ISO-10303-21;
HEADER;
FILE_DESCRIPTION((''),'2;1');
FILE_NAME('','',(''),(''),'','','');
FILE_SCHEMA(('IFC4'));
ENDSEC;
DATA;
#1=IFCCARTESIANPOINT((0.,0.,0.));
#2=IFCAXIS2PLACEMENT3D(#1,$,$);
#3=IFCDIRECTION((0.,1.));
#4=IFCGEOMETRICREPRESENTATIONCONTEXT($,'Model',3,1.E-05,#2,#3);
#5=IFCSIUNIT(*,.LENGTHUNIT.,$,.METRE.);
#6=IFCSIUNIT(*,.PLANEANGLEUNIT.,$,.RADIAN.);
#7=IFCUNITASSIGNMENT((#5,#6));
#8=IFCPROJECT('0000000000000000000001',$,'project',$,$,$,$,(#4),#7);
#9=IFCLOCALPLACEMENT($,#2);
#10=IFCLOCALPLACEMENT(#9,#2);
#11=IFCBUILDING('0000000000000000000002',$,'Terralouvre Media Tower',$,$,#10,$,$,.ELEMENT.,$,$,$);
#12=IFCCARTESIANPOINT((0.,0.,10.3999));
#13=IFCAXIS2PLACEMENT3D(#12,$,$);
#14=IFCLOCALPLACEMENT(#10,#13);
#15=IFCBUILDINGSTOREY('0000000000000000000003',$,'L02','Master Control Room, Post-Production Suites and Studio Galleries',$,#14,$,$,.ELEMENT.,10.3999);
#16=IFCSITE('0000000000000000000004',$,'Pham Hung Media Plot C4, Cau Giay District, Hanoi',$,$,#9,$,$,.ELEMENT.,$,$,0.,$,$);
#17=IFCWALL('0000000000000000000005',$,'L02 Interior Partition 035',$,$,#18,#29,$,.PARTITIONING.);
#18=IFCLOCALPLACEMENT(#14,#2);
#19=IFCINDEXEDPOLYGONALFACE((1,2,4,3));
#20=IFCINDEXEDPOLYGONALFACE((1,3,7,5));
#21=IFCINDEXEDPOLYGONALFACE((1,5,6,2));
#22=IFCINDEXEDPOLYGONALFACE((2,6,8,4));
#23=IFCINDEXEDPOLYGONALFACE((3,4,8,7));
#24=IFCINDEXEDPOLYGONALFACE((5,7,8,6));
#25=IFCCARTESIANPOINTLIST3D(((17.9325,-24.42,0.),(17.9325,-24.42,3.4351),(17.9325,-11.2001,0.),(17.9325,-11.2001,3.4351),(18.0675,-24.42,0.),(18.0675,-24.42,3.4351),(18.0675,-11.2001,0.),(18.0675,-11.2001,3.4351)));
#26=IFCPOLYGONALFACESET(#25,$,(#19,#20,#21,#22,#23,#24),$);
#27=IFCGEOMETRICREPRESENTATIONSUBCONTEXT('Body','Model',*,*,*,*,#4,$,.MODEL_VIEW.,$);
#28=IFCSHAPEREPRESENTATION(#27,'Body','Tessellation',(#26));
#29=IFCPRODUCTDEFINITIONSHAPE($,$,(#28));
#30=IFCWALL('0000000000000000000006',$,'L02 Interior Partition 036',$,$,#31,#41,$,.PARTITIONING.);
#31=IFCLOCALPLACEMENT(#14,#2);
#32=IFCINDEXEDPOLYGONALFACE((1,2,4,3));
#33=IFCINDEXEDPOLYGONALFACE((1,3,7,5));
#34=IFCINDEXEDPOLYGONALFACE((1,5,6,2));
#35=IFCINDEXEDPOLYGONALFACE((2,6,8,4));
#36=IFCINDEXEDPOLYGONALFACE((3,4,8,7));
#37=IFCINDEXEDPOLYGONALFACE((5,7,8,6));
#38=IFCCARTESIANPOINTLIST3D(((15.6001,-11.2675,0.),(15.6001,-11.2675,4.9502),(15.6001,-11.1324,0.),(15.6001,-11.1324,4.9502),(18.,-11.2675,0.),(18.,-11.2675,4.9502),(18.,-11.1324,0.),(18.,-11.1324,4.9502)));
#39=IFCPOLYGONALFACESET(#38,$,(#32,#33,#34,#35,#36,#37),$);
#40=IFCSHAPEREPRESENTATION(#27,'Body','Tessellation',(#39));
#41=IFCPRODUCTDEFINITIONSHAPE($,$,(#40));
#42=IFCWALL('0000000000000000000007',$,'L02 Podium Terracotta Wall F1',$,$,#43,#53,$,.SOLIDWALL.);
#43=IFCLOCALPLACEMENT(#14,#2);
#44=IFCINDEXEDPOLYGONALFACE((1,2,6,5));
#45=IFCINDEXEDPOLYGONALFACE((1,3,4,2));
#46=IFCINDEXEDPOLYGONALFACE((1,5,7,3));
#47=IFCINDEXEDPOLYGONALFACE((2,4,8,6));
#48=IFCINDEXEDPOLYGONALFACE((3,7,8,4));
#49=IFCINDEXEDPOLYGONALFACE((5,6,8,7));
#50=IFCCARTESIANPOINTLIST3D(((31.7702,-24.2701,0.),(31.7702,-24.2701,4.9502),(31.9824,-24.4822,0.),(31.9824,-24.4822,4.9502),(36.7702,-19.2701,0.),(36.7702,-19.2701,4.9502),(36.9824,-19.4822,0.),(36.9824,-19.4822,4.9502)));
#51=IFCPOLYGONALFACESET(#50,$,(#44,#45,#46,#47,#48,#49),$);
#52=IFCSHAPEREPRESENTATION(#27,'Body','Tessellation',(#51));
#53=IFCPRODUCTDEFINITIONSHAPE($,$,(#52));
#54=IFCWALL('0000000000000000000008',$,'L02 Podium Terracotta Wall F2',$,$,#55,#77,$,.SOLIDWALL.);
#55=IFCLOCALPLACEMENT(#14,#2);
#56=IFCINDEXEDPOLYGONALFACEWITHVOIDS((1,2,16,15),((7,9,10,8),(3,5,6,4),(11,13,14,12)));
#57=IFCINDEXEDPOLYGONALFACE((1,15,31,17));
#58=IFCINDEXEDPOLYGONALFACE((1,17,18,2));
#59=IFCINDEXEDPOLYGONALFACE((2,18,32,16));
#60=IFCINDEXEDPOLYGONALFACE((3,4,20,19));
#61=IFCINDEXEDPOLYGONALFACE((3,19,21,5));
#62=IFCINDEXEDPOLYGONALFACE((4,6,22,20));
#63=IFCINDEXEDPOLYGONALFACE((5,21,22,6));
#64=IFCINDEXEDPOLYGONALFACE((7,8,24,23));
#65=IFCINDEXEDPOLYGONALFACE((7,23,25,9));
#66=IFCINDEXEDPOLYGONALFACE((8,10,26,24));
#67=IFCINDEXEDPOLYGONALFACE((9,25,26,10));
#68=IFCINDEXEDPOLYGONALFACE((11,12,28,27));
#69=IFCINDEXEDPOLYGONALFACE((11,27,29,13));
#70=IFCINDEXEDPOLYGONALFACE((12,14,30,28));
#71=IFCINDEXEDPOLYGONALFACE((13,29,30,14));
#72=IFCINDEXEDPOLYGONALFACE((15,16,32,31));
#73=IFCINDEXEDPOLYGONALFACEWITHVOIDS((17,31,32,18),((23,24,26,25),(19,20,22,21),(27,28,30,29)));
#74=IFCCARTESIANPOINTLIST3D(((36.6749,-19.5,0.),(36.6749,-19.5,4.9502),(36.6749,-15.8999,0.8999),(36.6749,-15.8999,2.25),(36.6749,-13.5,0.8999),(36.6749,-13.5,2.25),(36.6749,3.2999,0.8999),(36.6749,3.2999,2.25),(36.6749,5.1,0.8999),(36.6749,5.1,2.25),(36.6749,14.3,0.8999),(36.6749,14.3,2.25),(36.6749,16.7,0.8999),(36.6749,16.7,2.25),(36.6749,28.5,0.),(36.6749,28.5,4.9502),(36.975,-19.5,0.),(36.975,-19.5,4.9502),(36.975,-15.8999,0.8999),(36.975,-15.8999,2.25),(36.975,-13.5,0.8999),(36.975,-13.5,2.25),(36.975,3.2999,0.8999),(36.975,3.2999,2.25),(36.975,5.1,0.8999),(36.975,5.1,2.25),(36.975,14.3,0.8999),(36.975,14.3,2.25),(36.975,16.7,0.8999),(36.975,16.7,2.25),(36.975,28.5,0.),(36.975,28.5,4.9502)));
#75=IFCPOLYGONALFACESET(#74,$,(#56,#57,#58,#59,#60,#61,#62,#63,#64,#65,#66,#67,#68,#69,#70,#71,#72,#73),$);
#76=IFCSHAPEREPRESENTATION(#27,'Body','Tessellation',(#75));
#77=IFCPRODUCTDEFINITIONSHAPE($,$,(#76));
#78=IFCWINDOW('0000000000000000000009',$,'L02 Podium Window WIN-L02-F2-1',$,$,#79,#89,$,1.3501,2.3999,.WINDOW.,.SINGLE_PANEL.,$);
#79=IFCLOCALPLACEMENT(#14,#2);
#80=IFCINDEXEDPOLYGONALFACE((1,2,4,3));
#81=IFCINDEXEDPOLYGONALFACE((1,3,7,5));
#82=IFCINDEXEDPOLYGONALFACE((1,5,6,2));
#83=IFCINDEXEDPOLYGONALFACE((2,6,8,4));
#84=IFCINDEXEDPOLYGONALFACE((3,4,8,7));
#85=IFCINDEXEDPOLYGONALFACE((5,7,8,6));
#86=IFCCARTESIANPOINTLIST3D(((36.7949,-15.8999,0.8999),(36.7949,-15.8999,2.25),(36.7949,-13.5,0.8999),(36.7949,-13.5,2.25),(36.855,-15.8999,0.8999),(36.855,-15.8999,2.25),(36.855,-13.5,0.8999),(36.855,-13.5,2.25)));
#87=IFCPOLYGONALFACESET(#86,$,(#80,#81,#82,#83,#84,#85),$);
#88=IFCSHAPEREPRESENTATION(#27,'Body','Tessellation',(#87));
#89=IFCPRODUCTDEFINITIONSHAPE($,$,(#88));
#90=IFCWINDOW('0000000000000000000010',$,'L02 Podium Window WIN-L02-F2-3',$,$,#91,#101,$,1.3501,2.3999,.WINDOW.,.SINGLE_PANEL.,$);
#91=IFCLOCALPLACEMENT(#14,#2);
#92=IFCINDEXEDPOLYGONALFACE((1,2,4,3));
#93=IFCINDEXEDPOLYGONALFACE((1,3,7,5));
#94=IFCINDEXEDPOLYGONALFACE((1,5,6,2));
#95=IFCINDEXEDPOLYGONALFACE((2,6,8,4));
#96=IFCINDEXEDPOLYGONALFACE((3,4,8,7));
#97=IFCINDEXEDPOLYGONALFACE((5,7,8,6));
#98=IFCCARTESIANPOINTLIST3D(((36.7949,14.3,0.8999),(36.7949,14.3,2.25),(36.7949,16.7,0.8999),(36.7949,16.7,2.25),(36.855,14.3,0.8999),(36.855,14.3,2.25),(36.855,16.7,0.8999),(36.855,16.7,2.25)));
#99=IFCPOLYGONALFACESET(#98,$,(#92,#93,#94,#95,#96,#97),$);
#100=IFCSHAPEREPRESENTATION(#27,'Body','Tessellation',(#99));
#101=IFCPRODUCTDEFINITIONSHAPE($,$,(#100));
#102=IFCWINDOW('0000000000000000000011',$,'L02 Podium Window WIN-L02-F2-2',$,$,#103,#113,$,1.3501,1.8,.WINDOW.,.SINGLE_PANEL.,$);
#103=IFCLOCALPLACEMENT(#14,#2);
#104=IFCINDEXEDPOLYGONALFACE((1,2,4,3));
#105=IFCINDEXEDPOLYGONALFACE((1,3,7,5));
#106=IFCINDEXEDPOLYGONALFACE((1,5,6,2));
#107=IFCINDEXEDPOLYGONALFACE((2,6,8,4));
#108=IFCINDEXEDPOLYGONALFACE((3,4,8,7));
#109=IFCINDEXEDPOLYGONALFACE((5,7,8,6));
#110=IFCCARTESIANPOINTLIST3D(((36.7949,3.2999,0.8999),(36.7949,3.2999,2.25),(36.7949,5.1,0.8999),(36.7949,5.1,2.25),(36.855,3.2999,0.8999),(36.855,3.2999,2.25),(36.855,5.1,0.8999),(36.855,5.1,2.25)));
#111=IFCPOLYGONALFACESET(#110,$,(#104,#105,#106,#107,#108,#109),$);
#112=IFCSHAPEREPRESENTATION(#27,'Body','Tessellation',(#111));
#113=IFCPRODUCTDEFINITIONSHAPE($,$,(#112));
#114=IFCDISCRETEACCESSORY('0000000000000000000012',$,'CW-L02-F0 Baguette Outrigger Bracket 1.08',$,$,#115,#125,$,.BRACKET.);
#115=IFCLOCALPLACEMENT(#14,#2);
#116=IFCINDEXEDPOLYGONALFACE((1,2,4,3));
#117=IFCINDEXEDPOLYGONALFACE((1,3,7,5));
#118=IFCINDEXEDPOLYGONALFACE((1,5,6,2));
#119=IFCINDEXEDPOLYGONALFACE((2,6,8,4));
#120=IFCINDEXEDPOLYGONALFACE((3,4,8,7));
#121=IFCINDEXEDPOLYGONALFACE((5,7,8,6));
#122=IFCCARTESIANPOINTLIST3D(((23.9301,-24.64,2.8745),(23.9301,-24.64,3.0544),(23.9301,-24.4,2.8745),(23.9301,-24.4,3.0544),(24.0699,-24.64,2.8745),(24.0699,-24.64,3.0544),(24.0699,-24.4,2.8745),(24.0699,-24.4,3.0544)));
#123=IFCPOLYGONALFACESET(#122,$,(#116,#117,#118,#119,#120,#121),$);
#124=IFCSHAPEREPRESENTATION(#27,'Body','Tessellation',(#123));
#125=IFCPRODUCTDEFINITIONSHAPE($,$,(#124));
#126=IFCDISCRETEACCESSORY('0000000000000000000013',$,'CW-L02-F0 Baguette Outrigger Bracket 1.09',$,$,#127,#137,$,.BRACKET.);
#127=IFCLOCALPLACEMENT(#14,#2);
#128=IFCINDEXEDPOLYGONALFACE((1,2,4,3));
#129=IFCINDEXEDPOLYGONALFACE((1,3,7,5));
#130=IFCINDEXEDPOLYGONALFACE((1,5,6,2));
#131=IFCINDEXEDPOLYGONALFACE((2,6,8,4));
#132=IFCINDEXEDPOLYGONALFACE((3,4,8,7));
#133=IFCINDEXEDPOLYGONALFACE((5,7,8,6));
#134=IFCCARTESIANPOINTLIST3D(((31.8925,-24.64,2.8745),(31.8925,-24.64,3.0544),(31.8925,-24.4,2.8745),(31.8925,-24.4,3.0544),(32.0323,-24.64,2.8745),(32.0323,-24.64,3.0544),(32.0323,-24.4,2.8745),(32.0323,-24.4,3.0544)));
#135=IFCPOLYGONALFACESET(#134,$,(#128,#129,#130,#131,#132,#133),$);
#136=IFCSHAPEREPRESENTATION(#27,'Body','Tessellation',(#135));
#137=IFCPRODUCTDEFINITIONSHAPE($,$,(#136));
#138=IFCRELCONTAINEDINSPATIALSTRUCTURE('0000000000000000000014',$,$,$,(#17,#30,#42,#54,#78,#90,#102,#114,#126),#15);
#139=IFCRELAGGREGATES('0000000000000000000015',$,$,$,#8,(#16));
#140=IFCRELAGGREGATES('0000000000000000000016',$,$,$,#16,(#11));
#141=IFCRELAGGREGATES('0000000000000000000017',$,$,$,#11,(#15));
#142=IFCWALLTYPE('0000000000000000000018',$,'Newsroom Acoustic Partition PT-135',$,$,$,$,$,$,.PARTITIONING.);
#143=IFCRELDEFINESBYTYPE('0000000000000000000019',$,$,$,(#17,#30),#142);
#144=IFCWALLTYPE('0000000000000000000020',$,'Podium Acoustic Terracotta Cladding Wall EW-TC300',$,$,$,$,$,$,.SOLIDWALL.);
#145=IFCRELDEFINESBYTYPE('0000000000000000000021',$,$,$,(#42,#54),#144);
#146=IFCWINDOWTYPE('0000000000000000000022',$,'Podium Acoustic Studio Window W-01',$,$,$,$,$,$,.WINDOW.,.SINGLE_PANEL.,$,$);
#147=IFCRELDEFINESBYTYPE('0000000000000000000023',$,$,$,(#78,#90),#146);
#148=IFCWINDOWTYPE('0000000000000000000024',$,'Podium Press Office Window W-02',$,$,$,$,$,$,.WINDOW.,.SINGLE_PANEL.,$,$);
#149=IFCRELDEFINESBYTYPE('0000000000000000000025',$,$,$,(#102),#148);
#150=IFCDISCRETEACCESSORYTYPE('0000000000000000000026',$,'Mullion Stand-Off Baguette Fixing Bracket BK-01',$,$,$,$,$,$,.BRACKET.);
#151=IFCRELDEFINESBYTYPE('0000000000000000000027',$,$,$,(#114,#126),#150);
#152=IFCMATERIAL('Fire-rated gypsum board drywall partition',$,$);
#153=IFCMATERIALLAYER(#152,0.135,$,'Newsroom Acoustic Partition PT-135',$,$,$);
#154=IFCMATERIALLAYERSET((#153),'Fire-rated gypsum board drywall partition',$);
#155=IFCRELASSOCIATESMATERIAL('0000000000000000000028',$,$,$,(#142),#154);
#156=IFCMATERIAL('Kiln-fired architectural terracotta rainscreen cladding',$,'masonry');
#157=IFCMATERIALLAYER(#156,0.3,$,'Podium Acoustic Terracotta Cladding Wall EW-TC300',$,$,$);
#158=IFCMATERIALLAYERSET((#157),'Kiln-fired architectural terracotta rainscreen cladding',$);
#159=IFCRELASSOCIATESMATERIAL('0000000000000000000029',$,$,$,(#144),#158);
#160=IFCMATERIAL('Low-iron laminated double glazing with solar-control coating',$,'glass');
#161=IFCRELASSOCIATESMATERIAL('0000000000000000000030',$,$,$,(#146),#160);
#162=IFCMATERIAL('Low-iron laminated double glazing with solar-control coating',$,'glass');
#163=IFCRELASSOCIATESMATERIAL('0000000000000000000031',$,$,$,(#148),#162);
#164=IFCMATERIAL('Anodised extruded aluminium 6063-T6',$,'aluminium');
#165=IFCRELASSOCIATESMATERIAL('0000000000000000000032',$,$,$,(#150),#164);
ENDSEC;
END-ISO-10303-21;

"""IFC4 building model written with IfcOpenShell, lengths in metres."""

from ifc_helpers import new_model, si_unit, direction, frame, frame_2d, origin, origin_2d, place, context, subcontext, project, spatial, rectangle, extrude, material, layer, layer_set, type_object, element, fill, save


model = new_model("IFC4")

# Units and contexts
model_context = context("Model", 3, precision=1e-05, world=origin(), true_north=direction((0.0, 1.0)))
body_context = subcontext(model_context, "Body", "Model", "MODEL_VIEW")
ifc_project = project(units=[si_unit("LENGTHUNIT", "METRE"), si_unit("PLANEANGLEUNIT", "RADIAN")], contexts=[model_context])

# Site, building, storey
site_placement = place(None, origin())
site = spatial("IfcSite", under=ifc_project, at=site_placement, Name="Pham Hung Media Plot C4, Cau Giay District, Hanoi", CompositionType="ELEMENT", RefElevation=0.0)
building_placement = place(site_placement, origin())
building = spatial("IfcBuilding", under=site, at=building_placement, Name="Terralouvre Media Tower", CompositionType="ELEMENT")
storey_placement = place(building_placement, frame((0.0, 0.0, 10.3999)))
storey = spatial("IfcBuildingStorey", under=building, at=storey_placement, Name="L02", Description="Master Control Room, Post-Production Suites and Studio Galleries", CompositionType="ELEMENT", Elevation=10.3999)

# Walls
ifc_material_1 = material(Name="Fire-rated gypsum board drywall partition")
ifc_layer_1 = layer(ifc_material_1, 0.135, Name="Newsroom Acoustic Partition PT-135")
ifc_layer_set_1 = layer_set([ifc_layer_1], Name="Fire-rated gypsum board drywall partition")
wall_type_1 = type_object("IfcWallType", Name="Newsroom Acoustic Partition PT-135", PredefinedType="PARTITIONING", material=ifc_layer_set_1)
wall_1_placement = place(storey_placement, frame((18.0, -24.4199, 0.0), z_axis=(0.0, 0.0, 1.0), x_axis=(0.0, 1.0, 0.0)))
element("IfcWall", 1, at=wall_1_placement, inside=storey, type_object=wall_type_1, Name="L02 Interior Partition 035", PredefinedType="PARTITIONING", context=body_context, shape_type="SweptSolid", body=[
    extrude(rectangle(XDim=13.22, YDim=0.135, at=frame_2d((6.6099, 0.0))), origin(), (0.0, 0.0, 1.0), 3.4351),
])
wall_2_placement = place(storey_placement, frame((18.0, -11.2, 0.0), z_axis=(0.0, 0.0, 1.0), x_axis=(-1.0, 0.0, 0.0)))
element("IfcWall", 2, at=wall_2_placement, inside=storey, type_object=wall_type_1, Name="L02 Interior Partition 036", PredefinedType="PARTITIONING", context=body_context, shape_type="SweptSolid", body=[
    extrude(rectangle(XDim=2.3999, YDim=0.135, at=frame_2d((1.2, 0.0))), origin(), (0.0, 0.0, 1.0), 4.9502),
])
ifc_material_2 = material(Name="Kiln-fired architectural terracotta rainscreen cladding", Category="masonry")
ifc_layer_2 = layer(ifc_material_2, 0.3, Name="Podium Acoustic Terracotta Cladding Wall EW-TC300")
ifc_layer_set_2 = layer_set([ifc_layer_2], Name="Kiln-fired architectural terracotta rainscreen cladding")
wall_type_2 = type_object("IfcWallType", Name="Podium Acoustic Terracotta Cladding Wall EW-TC300", PredefinedType="SOLIDWALL", material=ifc_layer_set_2)
wall_3_placement = place(storey_placement, frame((31.8762, -24.3762, 0.0), z_axis=(0.0, 0.0, 1.0), x_axis=(0.707107, 0.707107, 0.0)))
element("IfcWall", 3, at=wall_3_placement, inside=storey, type_object=wall_type_2, Name="L02 Podium Terracotta Wall F1", PredefinedType="SOLIDWALL", context=body_context, shape_type="SweptSolid", body=[
    extrude(rectangle(XDim=7.071, YDim=0.3, at=frame_2d((3.5356, 0.0))), origin(), (0.0, 0.0, 1.0), 4.9502),
])

# Wall, openings, windows
wall_4_placement = place(storey_placement, frame((36.825, -19.5, 0.0), z_axis=(0.0, 0.0, 1.0), x_axis=(0.0, 1.0, 0.0)))
wall_4 = element("IfcWall", 4, at=wall_4_placement, inside=storey, type_object=wall_type_2, Name="L02 Podium Terracotta Wall F2", PredefinedType="SOLIDWALL", context=body_context, shape_type="SweptSolid", body=[
    extrude(rectangle(XDim=48.0, YDim=0.3, at=frame_2d((24.0, 0.0))), origin(), (0.0, 0.0, 1.0), 4.9502),
])
opening_1_placement = place(wall_4_placement, frame((3.6001, 0.0, 0.8999)))
opening_1 = element("IfcOpeningElement", 5, at=opening_1_placement, cuts=wall_4, PredefinedType="OPENING", context=body_context, shape_type="SweptSolid", body=[
    extrude(rectangle(XDim=2.3999, YDim=1.3501, at=frame_2d((1.2, 0.675))), frame((0.0, 0.1599, 0.0), z_axis=(0.0, -1.0, 0.0), x_axis=(1.0, 0.0, 0.0)), (0.0, 0.0, 1.0), 0.3201),
])
opening_2_placement = place(wall_4_placement, frame((22.8, 0.0, 0.8999)))
opening_2 = element("IfcOpeningElement", 6, at=opening_2_placement, cuts=wall_4, PredefinedType="OPENING", context=body_context, shape_type="SweptSolid", body=[
    extrude(rectangle(XDim=1.8, YDim=1.3501, at=frame_2d((0.8999, 0.675))), frame((0.0, 0.1599, 0.0), z_axis=(0.0, -1.0, 0.0), x_axis=(1.0, 0.0, 0.0)), (0.0, 0.0, 1.0), 0.3201),
])
opening_3_placement = place(wall_4_placement, frame((33.8, 0.0, 0.8999)))
opening_3 = element("IfcOpeningElement", 7, at=opening_3_placement, cuts=wall_4, PredefinedType="OPENING", context=body_context, shape_type="SweptSolid", body=[
    extrude(rectangle(XDim=2.3999, YDim=1.3501, at=frame_2d((1.2, 0.675))), frame((0.0, 0.1599, 0.0), z_axis=(0.0, -1.0, 0.0), x_axis=(1.0, 0.0, 0.0)), (0.0, 0.0, 1.0), 0.3201),
])
ifc_material_3 = material(Name="Low-iron laminated double glazing with solar-control coating", Category="glass")
window_type_1 = type_object("IfcWindowType", Name="Podium Acoustic Studio Window W-01", PartitioningType="SINGLE_PANEL", PredefinedType="WINDOW", material=ifc_material_3)
window_1_placement = place(opening_1_placement, origin())
window_1 = element("IfcWindow", 8, at=window_1_placement, inside=storey, type_object=window_type_1, Name="L02 Podium Window WIN-L02-F2-1", OverallHeight=1.3501, OverallWidth=2.3999, PartitioningType="SINGLE_PANEL", PredefinedType="WINDOW", context=body_context, shape_type="SweptSolid", body=[
    extrude(rectangle(XDim=2.3999, YDim=1.3501, at=frame_2d((1.2, 0.675))), frame((0.0, 0.03, 0.0), z_axis=(0.0, -1.0, 0.0), x_axis=(1.0, 0.0, 0.0)), (0.0, 0.0, 1.0), 0.0601),
])
fill(opening_1, window_1)
window_2_placement = place(opening_3_placement, origin())
window_2 = element("IfcWindow", 9, at=window_2_placement, inside=storey, type_object=window_type_1, Name="L02 Podium Window WIN-L02-F2-3", OverallHeight=1.3501, OverallWidth=2.3999, PartitioningType="SINGLE_PANEL", PredefinedType="WINDOW", context=body_context, shape_type="SweptSolid", body=[
    extrude(rectangle(XDim=2.3999, YDim=1.3501, at=frame_2d((1.2, 0.675))), frame((0.0, 0.03, 0.0), z_axis=(0.0, -1.0, 0.0), x_axis=(1.0, 0.0, 0.0)), (0.0, 0.0, 1.0), 0.0601),
])
fill(opening_3, window_2)
ifc_material_4 = material(Name="Low-iron laminated double glazing with solar-control coating", Category="glass")
window_type_2 = type_object("IfcWindowType", Name="Podium Press Office Window W-02", PartitioningType="SINGLE_PANEL", PredefinedType="WINDOW", material=ifc_material_4)
window_3_placement = place(opening_2_placement, origin())
window_3 = element("IfcWindow", 10, at=window_3_placement, inside=storey, type_object=window_type_2, Name="L02 Podium Window WIN-L02-F2-2", OverallHeight=1.3501, OverallWidth=1.8, PartitioningType="SINGLE_PANEL", PredefinedType="WINDOW", context=body_context, shape_type="SweptSolid", body=[
    extrude(rectangle(XDim=1.8, YDim=1.3501, at=frame_2d((0.8999, 0.675))), frame((0.0, 0.03, 0.0), z_axis=(0.0, -1.0, 0.0), x_axis=(1.0, 0.0, 0.0)), (0.0, 0.0, 1.0), 0.0601),
])
fill(opening_2, window_3)

# Discrete accessories
ifc_material_5 = material(Name="Anodised extruded aluminium 6063-T6", Category="aluminium")
discrete_accessory_type = type_object("IfcDiscreteAccessoryType", Name="Mullion Stand-Off Baguette Fixing Bracket BK-01", PredefinedType="BRACKET", material=ifc_material_5)
for number, where, z_axis, x_axis, name in (
    (11, (24.0, -24.52, 2.8745), (0.0, 0.0, 1.0), (1.0, 0.0, 0.0), "CW-L02-F0 Baguette Outrigger Bracket 1.08"),
    (12, (31.9624, -24.52, 2.8745), (0.0, 0.0, 1.0), (1.0, 0.0, 0.0), "CW-L02-F0 Baguette Outrigger Bracket 1.09"),
):
    element("IfcDiscreteAccessory", number, at=place(storey_placement, frame(where, z_axis=z_axis, x_axis=x_axis)), inside=storey, type_object=discrete_accessory_type, Name=name, PredefinedType="BRACKET", context=body_context, shape_type="SweptSolid", body=[
        extrude(rectangle(XDim=0.1399, YDim=0.24, at=origin_2d()), origin(), (0.0, 0.0, 1.0), 0.1799),
    ])

save(model, "model.ifc")
